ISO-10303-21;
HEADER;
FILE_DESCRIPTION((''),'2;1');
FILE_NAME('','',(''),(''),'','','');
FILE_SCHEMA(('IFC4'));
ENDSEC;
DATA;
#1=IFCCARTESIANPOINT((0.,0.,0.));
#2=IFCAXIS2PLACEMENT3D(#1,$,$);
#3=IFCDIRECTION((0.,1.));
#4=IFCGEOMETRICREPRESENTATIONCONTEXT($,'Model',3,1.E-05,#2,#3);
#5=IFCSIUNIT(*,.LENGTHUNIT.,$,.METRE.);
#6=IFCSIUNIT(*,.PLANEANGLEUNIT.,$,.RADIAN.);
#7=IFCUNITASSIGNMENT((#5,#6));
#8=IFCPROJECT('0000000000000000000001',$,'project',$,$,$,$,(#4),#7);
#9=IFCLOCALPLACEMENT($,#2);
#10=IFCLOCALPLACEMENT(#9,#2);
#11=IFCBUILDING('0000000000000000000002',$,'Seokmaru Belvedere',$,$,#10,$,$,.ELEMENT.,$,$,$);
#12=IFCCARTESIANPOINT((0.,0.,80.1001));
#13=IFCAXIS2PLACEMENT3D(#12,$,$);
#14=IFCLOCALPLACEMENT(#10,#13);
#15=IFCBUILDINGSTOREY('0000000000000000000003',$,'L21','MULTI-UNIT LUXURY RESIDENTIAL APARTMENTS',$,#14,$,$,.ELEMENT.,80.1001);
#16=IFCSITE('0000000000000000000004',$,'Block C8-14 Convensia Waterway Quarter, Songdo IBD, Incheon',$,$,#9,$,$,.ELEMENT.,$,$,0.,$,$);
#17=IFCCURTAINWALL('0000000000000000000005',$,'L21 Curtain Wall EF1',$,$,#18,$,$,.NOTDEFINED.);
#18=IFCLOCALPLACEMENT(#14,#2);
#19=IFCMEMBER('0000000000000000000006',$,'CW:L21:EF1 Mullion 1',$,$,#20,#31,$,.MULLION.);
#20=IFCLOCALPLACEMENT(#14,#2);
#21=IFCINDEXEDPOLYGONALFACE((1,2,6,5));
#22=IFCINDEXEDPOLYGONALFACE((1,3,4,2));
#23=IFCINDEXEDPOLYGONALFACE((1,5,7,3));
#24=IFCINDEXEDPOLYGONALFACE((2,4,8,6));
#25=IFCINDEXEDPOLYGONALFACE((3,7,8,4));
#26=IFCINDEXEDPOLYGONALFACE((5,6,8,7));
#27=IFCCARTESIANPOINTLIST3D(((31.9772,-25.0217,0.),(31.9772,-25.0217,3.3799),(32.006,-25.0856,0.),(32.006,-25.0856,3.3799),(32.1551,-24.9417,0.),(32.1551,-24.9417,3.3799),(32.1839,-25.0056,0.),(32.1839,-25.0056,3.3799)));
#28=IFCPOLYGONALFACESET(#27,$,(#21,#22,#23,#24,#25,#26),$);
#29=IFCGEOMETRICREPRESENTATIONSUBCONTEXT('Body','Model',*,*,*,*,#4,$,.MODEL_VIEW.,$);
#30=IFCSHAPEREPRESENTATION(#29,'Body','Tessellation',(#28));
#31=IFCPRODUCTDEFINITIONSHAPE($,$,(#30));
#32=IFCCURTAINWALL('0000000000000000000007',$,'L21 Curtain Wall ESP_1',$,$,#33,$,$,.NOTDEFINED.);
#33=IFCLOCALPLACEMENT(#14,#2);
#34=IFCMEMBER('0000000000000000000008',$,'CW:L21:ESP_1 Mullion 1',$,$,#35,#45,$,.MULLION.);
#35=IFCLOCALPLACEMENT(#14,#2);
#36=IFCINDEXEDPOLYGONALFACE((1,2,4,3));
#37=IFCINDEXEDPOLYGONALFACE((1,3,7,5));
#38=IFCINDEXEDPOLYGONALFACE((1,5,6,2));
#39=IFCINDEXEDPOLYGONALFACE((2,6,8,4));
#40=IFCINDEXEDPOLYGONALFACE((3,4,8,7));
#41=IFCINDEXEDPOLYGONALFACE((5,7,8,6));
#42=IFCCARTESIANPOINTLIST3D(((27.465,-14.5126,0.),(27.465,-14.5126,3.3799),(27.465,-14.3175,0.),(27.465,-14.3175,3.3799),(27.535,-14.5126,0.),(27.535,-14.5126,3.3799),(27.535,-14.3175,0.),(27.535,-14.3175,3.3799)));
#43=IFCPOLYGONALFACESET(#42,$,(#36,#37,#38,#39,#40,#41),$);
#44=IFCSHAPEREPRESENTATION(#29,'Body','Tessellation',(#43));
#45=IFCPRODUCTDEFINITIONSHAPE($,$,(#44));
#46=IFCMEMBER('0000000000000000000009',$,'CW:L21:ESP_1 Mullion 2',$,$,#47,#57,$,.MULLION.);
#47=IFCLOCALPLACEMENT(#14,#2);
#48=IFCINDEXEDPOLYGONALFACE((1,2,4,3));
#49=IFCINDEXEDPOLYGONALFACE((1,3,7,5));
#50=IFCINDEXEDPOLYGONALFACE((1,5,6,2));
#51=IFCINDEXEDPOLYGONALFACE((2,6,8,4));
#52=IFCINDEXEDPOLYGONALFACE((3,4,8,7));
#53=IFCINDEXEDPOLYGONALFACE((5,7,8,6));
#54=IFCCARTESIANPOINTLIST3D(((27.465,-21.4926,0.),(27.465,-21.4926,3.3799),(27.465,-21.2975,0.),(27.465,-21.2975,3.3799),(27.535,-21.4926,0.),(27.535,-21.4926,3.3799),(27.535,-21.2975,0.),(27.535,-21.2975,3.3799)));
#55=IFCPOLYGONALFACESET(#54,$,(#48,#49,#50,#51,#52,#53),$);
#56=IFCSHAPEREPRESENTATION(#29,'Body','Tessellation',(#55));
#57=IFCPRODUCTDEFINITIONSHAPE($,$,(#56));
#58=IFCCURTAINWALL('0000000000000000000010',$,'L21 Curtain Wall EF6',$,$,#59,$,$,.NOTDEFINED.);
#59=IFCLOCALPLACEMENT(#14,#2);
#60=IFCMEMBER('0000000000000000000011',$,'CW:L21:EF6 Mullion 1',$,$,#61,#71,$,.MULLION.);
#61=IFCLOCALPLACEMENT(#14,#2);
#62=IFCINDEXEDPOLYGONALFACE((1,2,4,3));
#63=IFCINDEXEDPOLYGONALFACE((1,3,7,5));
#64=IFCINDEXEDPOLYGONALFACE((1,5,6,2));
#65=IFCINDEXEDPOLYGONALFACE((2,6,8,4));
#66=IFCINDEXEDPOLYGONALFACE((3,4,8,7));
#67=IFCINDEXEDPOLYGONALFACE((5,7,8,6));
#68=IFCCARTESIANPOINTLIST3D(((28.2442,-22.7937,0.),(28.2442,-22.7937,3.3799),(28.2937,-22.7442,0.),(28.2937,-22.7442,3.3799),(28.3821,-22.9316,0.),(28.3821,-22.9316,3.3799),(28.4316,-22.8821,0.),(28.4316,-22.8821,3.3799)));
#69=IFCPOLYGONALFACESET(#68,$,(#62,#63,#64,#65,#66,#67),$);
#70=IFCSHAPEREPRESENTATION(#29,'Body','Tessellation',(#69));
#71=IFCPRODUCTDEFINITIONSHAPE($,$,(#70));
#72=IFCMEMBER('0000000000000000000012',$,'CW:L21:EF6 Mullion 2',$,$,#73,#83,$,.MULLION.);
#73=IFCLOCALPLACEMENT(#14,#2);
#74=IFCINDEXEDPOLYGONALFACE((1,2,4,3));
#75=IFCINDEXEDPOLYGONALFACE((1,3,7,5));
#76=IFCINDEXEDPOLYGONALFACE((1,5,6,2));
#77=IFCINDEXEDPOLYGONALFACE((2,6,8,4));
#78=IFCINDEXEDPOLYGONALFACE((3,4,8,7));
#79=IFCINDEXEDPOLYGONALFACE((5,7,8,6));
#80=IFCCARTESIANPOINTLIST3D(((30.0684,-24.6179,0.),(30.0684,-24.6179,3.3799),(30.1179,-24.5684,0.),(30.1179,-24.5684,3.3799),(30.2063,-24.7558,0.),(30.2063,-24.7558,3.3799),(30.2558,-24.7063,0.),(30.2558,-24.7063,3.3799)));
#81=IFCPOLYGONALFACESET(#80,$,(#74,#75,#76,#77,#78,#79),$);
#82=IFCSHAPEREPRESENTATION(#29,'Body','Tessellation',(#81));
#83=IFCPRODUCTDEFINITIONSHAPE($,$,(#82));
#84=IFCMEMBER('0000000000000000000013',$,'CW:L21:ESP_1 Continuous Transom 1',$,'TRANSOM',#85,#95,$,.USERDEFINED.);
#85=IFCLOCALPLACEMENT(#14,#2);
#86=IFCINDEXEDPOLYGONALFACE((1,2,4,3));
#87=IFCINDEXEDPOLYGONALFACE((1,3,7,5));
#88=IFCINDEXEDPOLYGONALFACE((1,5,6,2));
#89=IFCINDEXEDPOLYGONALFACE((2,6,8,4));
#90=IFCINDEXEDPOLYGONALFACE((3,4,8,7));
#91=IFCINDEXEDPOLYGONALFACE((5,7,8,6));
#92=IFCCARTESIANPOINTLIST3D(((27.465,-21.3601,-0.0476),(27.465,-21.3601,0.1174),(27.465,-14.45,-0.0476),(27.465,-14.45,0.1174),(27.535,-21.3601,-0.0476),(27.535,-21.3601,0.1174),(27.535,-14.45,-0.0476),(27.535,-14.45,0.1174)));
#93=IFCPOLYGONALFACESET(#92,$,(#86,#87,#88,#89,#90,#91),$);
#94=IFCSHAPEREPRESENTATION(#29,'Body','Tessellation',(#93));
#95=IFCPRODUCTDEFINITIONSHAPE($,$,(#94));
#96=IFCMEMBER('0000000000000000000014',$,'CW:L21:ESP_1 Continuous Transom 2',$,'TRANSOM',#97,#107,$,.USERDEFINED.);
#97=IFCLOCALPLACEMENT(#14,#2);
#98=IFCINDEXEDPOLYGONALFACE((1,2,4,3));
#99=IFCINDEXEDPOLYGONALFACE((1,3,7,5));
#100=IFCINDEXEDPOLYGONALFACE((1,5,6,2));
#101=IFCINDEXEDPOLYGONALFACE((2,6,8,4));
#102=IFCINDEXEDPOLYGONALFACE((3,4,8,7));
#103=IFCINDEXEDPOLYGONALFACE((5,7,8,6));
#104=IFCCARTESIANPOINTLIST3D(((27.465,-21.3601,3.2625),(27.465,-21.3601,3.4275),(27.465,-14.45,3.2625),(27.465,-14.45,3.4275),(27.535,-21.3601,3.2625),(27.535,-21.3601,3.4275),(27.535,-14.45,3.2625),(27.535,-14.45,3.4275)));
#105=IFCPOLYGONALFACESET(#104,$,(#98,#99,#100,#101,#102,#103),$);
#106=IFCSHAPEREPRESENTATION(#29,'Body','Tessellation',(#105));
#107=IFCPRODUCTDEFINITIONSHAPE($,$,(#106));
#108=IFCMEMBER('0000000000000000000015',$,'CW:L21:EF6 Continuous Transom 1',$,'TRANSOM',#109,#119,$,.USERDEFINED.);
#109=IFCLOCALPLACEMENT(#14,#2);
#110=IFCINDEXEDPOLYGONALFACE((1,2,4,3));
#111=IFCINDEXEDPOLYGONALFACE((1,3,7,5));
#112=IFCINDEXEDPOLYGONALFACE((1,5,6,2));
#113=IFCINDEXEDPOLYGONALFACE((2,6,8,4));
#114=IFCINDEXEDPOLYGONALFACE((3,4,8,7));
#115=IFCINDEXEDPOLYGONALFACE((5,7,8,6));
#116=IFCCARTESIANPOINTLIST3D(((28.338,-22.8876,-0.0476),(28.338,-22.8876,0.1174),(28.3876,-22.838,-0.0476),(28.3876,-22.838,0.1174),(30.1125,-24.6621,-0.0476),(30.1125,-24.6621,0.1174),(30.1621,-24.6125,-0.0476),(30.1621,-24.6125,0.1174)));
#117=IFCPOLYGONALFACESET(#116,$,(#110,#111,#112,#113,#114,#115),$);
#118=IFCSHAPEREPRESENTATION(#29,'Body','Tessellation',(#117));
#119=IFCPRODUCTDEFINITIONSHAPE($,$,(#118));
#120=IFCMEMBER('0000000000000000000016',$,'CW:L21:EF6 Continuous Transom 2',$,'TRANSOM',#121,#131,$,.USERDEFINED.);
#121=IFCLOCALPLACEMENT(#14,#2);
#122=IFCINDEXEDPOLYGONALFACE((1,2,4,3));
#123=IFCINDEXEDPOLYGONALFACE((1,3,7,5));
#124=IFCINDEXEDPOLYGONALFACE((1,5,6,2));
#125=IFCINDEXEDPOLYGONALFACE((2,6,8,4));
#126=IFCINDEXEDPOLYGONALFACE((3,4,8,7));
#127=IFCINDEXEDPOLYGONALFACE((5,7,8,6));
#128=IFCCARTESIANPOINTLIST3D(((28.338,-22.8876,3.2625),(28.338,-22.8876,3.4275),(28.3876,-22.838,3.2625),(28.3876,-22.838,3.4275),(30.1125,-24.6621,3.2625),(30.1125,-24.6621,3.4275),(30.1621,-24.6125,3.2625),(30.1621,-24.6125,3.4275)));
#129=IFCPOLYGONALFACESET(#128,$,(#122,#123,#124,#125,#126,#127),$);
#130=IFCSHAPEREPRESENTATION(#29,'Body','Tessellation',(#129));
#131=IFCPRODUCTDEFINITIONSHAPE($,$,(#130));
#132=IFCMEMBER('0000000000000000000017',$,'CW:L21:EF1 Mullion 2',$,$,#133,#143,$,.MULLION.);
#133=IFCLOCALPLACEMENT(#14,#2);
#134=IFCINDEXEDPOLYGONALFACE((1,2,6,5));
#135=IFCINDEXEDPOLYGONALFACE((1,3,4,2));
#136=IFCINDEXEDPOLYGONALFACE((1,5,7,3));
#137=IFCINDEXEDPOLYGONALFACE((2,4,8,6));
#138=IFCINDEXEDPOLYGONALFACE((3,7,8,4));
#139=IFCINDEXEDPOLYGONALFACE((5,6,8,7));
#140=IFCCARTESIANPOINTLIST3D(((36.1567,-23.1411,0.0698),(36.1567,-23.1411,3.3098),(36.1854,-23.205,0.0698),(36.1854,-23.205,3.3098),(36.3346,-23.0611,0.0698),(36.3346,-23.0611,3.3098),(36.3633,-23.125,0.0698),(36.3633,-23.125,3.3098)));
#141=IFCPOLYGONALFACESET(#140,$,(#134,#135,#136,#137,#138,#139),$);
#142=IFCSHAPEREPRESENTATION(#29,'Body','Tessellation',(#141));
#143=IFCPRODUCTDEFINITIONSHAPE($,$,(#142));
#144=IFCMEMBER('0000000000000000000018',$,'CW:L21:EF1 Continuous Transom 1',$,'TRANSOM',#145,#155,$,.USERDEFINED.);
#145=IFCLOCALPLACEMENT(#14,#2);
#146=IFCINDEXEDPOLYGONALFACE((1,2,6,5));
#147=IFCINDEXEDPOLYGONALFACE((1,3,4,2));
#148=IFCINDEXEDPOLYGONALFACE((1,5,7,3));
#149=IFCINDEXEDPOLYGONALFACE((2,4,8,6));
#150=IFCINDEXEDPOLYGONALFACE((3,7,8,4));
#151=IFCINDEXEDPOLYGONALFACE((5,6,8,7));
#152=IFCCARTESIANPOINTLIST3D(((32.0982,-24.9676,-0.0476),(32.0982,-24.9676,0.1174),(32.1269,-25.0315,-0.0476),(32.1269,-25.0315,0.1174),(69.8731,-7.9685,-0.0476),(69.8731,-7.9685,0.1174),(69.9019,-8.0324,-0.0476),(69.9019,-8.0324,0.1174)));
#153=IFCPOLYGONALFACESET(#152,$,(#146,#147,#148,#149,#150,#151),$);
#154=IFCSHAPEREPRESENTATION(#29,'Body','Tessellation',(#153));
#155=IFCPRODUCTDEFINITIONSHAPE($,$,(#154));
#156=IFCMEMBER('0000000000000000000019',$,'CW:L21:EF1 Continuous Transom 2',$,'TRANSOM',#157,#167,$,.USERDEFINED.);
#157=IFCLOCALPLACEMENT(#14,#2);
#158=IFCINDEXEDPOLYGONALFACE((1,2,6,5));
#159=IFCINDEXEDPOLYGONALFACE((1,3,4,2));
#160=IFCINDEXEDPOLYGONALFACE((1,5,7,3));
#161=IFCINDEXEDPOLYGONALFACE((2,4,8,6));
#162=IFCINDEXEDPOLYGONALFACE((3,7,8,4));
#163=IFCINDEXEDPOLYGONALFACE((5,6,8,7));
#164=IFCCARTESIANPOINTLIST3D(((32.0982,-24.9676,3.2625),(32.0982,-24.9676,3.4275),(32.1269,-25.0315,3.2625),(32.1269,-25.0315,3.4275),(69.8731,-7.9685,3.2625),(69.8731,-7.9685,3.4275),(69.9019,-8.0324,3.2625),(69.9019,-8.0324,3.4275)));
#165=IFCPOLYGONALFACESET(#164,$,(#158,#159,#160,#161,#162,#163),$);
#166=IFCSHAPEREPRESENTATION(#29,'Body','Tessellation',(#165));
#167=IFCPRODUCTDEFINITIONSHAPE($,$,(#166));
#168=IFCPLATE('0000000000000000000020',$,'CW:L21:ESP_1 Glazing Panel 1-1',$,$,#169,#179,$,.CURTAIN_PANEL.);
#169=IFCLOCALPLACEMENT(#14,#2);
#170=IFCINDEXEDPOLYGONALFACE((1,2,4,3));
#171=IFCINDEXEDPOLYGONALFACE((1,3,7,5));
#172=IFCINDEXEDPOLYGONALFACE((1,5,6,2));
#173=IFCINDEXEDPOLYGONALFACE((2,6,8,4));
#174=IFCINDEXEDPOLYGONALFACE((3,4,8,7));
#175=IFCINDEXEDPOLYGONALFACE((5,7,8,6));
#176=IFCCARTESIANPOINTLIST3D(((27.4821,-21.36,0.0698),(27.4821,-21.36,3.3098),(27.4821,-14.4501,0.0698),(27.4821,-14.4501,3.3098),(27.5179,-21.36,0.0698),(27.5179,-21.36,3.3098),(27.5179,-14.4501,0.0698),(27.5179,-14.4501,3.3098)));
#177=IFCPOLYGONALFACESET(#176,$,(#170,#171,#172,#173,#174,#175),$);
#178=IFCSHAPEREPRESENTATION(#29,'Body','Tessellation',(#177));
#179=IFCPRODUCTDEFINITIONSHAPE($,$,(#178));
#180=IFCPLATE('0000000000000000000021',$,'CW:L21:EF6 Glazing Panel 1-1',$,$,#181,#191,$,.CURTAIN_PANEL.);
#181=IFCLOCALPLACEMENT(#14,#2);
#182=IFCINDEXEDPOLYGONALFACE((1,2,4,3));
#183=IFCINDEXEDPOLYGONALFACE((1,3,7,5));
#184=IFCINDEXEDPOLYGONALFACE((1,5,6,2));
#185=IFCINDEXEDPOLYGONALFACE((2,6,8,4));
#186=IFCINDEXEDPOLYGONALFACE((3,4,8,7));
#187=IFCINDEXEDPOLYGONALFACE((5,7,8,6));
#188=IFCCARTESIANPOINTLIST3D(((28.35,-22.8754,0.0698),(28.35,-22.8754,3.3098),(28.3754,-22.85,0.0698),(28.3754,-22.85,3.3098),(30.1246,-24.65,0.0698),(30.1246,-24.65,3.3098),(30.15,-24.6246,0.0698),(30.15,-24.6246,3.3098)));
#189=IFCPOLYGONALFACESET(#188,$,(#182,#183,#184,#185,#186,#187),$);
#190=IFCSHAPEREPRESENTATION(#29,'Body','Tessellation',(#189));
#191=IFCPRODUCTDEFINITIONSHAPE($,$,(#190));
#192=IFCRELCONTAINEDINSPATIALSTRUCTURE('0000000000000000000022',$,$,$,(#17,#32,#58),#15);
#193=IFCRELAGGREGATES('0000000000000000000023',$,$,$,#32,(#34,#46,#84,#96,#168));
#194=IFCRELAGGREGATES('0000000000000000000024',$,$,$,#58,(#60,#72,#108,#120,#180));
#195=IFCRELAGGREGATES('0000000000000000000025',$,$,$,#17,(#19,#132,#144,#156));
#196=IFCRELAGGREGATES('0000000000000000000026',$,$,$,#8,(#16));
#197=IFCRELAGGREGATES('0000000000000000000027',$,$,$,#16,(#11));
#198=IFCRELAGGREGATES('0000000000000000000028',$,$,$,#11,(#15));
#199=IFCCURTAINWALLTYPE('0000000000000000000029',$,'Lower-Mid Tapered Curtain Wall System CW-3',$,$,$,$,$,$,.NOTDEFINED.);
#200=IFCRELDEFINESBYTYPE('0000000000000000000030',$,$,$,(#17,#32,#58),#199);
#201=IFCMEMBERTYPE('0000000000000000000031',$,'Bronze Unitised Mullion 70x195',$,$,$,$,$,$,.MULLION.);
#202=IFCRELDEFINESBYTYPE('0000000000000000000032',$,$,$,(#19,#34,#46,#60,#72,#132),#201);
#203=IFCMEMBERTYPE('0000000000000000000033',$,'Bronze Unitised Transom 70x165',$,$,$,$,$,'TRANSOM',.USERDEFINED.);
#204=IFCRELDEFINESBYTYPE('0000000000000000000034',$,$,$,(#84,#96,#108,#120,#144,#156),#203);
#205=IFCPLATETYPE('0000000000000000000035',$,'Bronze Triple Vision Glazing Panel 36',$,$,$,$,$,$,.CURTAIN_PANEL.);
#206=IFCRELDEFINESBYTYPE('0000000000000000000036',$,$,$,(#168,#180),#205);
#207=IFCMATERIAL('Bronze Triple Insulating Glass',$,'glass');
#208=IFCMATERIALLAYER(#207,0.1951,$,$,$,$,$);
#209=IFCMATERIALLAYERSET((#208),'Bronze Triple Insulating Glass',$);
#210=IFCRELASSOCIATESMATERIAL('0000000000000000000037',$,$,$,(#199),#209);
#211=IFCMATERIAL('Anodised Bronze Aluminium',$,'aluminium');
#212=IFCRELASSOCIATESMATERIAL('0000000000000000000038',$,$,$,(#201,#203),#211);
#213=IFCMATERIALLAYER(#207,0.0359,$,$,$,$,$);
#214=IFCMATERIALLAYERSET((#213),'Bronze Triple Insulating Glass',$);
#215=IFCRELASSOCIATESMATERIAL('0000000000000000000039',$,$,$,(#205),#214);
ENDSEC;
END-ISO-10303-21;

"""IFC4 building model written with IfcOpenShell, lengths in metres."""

from ifc_helpers import new_model, si_unit, direction, frame, origin, origin_2d, place, context, subcontext, project, spatial, rectangle, extrude, source, transform, mapped, material, layer, layer_set, material_profile, profile_set, type_object, type_shapes, element, aggregate, save


model = new_model("IFC4")

# Units and contexts
model_context = context("Model", 3, precision=1e-05, world=origin(), true_north=direction((0.0, 1.0)))
body_context = subcontext(model_context, "Body", "Model", "MODEL_VIEW")
ifc_project = project(units=[si_unit("LENGTHUNIT", "METRE"), si_unit("PLANEANGLEUNIT", "RADIAN")], contexts=[model_context])

# Site, building, storey
site_placement = place(None, origin())
site = spatial("IfcSite", under=ifc_project, at=site_placement, Name="Block C8-14 Convensia Waterway Quarter, Songdo IBD, Incheon", CompositionType="ELEMENT", RefElevation=0.0)
building_placement = place(site_placement, origin())
building = spatial("IfcBuilding", under=site, at=building_placement, Name="Seokmaru Belvedere", CompositionType="ELEMENT")
storey_placement = place(building_placement, frame((0.0, 0.0, 80.1001)))
storey = spatial("IfcBuildingStorey", under=building, at=storey_placement, Name="L21", Description="MULTI-UNIT LUXURY RESIDENTIAL APARTMENTS", CompositionType="ELEMENT", Elevation=80.1001)

# Curtain wall, member
ifc_material_1 = material(Name="Bronze Triple Insulating Glass", Category="glass")
ifc_layer_1 = layer(ifc_material_1, 0.1951)
ifc_layer_set_1 = layer_set([ifc_layer_1], Name="Bronze Triple Insulating Glass")
curtain_wall_type = type_object("IfcCurtainWallType", Name="Lower-Mid Tapered Curtain Wall System CW-3", PredefinedType="NOTDEFINED", material=ifc_layer_set_1)
curtain_wall_1_placement = place(storey_placement, origin())
curtain_wall_1 = element("IfcCurtainWall", 1, at=curtain_wall_1_placement, inside=storey, type_object=curtain_wall_type, Name="L21 Curtain Wall EF1", PredefinedType="NOTDEFINED")
ifc_material_2 = material(Name="Anodised Bronze Aluminium", Category="aluminium")
ifc_material_profile_1 = material_profile(ifc_material_2, rectangle(XDim=0.0701, YDim=0.1951, at=origin_2d()), Name="CW-M-70x195")
ifc_profile_set_1 = profile_set([ifc_material_profile_1], Name="Anodised Bronze Aluminium")
member_type_1 = type_object("IfcMemberType", Name="Bronze Unitised Mullion 70x195", PredefinedType="MULLION", material=ifc_profile_set_1)
shared_shape_1 = source(origin(), body_context, "Body", "SweptSolid", [
    extrude(rectangle(XDim=0.0701, YDim=0.1951, at=origin_2d()), origin(), (0.0, 0.0, 1.0), 3.3799),
])
member_1_placement = place(storey_placement, frame((32.0806, -25.0137, 0.0), z_axis=(0.0, 0.0, 1.0), x_axis=(-0.410366, 0.911921, 0.0)))
member_1 = element("IfcMember", 2, at=member_1_placement, type_object=member_type_1, Name="CW:L21:EF1 Mullion 1", PredefinedType="MULLION", context=body_context, shape_type="MappedRepresentation", body=[
    mapped(shared_shape_1, transform((0.0, 0.0, 0.0), scale=1.0)),
])

# Curtain walls, members
curtain_wall_2_placement = place(storey_placement, origin())
curtain_wall_2 = element("IfcCurtainWall", 3, at=curtain_wall_2_placement, inside=storey, type_object=curtain_wall_type, Name="L21 Curtain Wall ESP_1", PredefinedType="NOTDEFINED")
member_2_placement = place(storey_placement, frame((27.5, -14.415, 0.0), z_axis=(0.0, 0.0, 1.0), x_axis=(1.0, 0.0, 0.0)))
member_2 = element("IfcMember", 4, at=member_2_placement, type_object=member_type_1, Name="CW:L21:ESP_1 Mullion 1", PredefinedType="MULLION", context=body_context, shape_type="MappedRepresentation", body=[
    mapped(shared_shape_1, transform((0.0, 0.0, 0.0), scale=1.0)),
])
member_3_placement = place(storey_placement, frame((27.5, -21.395, 0.0), z_axis=(0.0, 0.0, 1.0), x_axis=(1.0, 0.0, 0.0)))
member_3 = element("IfcMember", 5, at=member_3_placement, type_object=member_type_1, Name="CW:L21:ESP_1 Mullion 2", PredefinedType="MULLION", context=body_context, shape_type="MappedRepresentation", body=[
    mapped(shared_shape_1, transform((0.0, 0.0, 0.0), scale=1.0)),
])
curtain_wall_3_placement = place(storey_placement, origin())
curtain_wall_3 = element("IfcCurtainWall", 6, at=curtain_wall_3_placement, inside=storey, type_object=curtain_wall_type, Name="L21 Curtain Wall EF6", PredefinedType="NOTDEFINED")
member_4_placement = place(storey_placement, frame((28.3379, -22.8379, 0.0), z_axis=(0.0, 0.0, 1.0), x_axis=(0.707107, 0.707107, 0.0)))
member_4 = element("IfcMember", 7, at=member_4_placement, type_object=member_type_1, Name="CW:L21:EF6 Mullion 1", PredefinedType="MULLION", context=body_context, shape_type="MappedRepresentation", body=[
    mapped(shared_shape_1, transform((0.0, 0.0, 0.0), scale=1.0)),
])
member_5_placement = place(storey_placement, frame((30.1621, -24.6621, 0.0), z_axis=(0.0, 0.0, 1.0), x_axis=(0.707107, 0.707107, 0.0)))
member_5 = element("IfcMember", 8, at=member_5_placement, type_object=member_type_1, Name="CW:L21:EF6 Mullion 2", PredefinedType="MULLION", context=body_context, shape_type="MappedRepresentation", body=[
    mapped(shared_shape_1, transform((0.0, 0.0, 0.0), scale=1.0)),
])

# Members
ifc_material_profile_2 = material_profile(ifc_material_2, rectangle(XDim=0.0701, YDim=0.165, at=origin_2d()), Name="CW-T-70x165")
ifc_profile_set_2 = profile_set([ifc_material_profile_2], Name="Anodised Bronze Aluminium")
member_type_2 = type_object("IfcMemberType", Name="Bronze Unitised Transom 70x165", ElementType="TRANSOM", PredefinedType="USERDEFINED", material=ifc_profile_set_2)
shared_shape_2 = source(origin(), body_context, "Body", "SweptSolid", [
    extrude(rectangle(XDim=0.0701, YDim=0.165, at=origin_2d()), origin(), (0.0, 0.0, 1.0), 6.9102),
])
member_6_placement = place(storey_placement, frame((27.5, -14.45, 0.0349), z_axis=(0.0, -1.0, 0.0), x_axis=(1.0, 0.0, 0.0)))
member_6 = element("IfcMember", 9, at=member_6_placement, type_object=member_type_2, Name="CW:L21:ESP_1 Continuous Transom 1", ObjectType="TRANSOM", PredefinedType="USERDEFINED", context=body_context, shape_type="MappedRepresentation", body=[
    mapped(shared_shape_2, transform((0.0, 0.0, 0.0), scale=1.0)),
])
member_7_placement = place(storey_placement, frame((27.5, -14.45, 3.345), z_axis=(0.0, -1.0, 0.0), x_axis=(1.0, 0.0, 0.0)))
member_7 = element("IfcMember", 10, at=member_7_placement, type_object=member_type_2, Name="CW:L21:ESP_1 Continuous Transom 2", ObjectType="TRANSOM", PredefinedType="USERDEFINED", context=body_context, shape_type="MappedRepresentation", body=[
    mapped(shared_shape_2, transform((0.0, 0.0, 0.0), scale=1.0)),
])
shared_shape_3 = source(origin(), body_context, "Body", "SweptSolid", [
    extrude(rectangle(XDim=0.0701, YDim=0.165, at=origin_2d()), origin(), (0.0, 0.0, 1.0), 2.5095),
])
member_8_placement = place(storey_placement, frame((28.3628, -22.8628, 0.0349), z_axis=(0.707107, -0.707107, 0.0), x_axis=(0.707107, 0.707107, 0.0)))
member_8 = element("IfcMember", 11, at=member_8_placement, type_object=member_type_2, Name="CW:L21:EF6 Continuous Transom 1", ObjectType="TRANSOM", PredefinedType="USERDEFINED", context=body_context, shape_type="MappedRepresentation", body=[
    mapped(shared_shape_3, transform((0.0, 0.0, 0.0), scale=1.0)),
])
member_9_placement = place(storey_placement, frame((28.3628, -22.8628, 3.345), z_axis=(0.707107, -0.707107, 0.0), x_axis=(0.707107, 0.707107, 0.0)))
member_9 = element("IfcMember", 12, at=member_9_placement, type_object=member_type_2, Name="CW:L21:EF6 Continuous Transom 2", ObjectType="TRANSOM", PredefinedType="USERDEFINED", context=body_context, shape_type="MappedRepresentation", body=[
    mapped(shared_shape_3, transform((0.0, 0.0, 0.0), scale=1.0)),
])
shared_shape_4 = source(origin(), body_context, "Body", "SweptSolid", [
    extrude(rectangle(XDim=0.0701, YDim=0.1951, at=origin_2d()), origin(), (0.0, 0.0, 1.0), 3.24),
])
type_shapes(member_type_1, [shared_shape_1, shared_shape_4])
member_10_placement = place(storey_placement, frame((36.26, -23.1331, 0.0698), z_axis=(0.0, 0.0, 1.0), x_axis=(-0.410366, 0.911921, 0.0)))
member_10 = element("IfcMember", 13, at=member_10_placement, type_object=member_type_1, Name="CW:L21:EF1 Mullion 2", PredefinedType="MULLION", context=body_context, shape_type="MappedRepresentation", body=[
    mapped(shared_shape_4, transform((0.0, 0.0, 0.0), scale=1.0)),
])
shared_shape_5 = source(origin(), body_context, "Body", "SweptSolid", [
    extrude(rectangle(XDim=0.0701, YDim=0.165, at=origin_2d()), origin(), (0.0, 0.0, 1.0), 41.4236),
])
type_shapes(member_type_2, [shared_shape_2, shared_shape_3, shared_shape_5])
member_11_placement = place(storey_placement, frame((32.1125, -24.9995, 0.0349), z_axis=(0.911919, 0.410371, 0.0), x_axis=(-0.410371, 0.911919, 0.0)))
member_11 = element("IfcMember", 14, at=member_11_placement, type_object=member_type_2, Name="CW:L21:EF1 Continuous Transom 1", ObjectType="TRANSOM", PredefinedType="USERDEFINED", context=body_context, shape_type="MappedRepresentation", body=[
    mapped(shared_shape_5, transform((0.0, 0.0, 0.0), scale=1.0)),
])
member_12_placement = place(storey_placement, frame((32.1125, -24.9995, 3.345), z_axis=(0.911919, 0.410371, 0.0), x_axis=(-0.410371, 0.911919, 0.0)))
member_12 = element("IfcMember", 15, at=member_12_placement, type_object=member_type_2, Name="CW:L21:EF1 Continuous Transom 2", ObjectType="TRANSOM", PredefinedType="USERDEFINED", context=body_context, shape_type="MappedRepresentation", body=[
    mapped(shared_shape_5, transform((0.0, 0.0, 0.0), scale=1.0)),
])

# Plates
ifc_layer_2 = layer(ifc_material_1, 0.0359)
ifc_layer_set_2 = layer_set([ifc_layer_2], Name="Bronze Triple Insulating Glass")
plate_type = type_object("IfcPlateType", Name="Bronze Triple Vision Glazing Panel 36", PredefinedType="CURTAIN_PANEL", material=ifc_layer_set_2)
shared_shape_6 = source(origin(), body_context, "Body", "SweptSolid", [
    extrude(rectangle(XDim=6.9099, YDim=0.0359, at=origin_2d()), origin(), (0.0, 0.0, 1.0), 3.24),
])
plate_1_placement = place(storey_placement, frame((27.5, -17.905, 0.0698), z_axis=(0.0, 0.0, 1.0), x_axis=(0.0, -1.0, 0.0)))
plate_1 = element("IfcPlate", 16, at=plate_1_placement, type_object=plate_type, Name="CW:L21:ESP_1 Glazing Panel 1-1", PredefinedType="CURTAIN_PANEL", context=body_context, shape_type="MappedRepresentation", body=[
    mapped(shared_shape_6, transform((0.0, 0.0, 0.0), scale=1.0)),
])
aggregate(curtain_wall_2, [member_2, member_3, member_6, member_7, plate_1])
shared_shape_7 = source(origin(), body_context, "Body", "SweptSolid", [
    extrude(rectangle(XDim=2.5098, YDim=0.0359, at=origin_2d()), origin(), (0.0, 0.0, 1.0), 3.24),
])
plate_2_placement = place(storey_placement, frame((29.25, -23.75, 0.0698), z_axis=(0.0, 0.0, 1.0), x_axis=(0.707107, -0.707107, 0.0)))
plate_2 = element("IfcPlate", 17, at=plate_2_placement, type_object=plate_type, Name="CW:L21:EF6 Glazing Panel 1-1", PredefinedType="CURTAIN_PANEL", context=body_context, shape_type="MappedRepresentation", body=[
    mapped(shared_shape_7, transform((0.0, 0.0, 0.0), scale=1.0)),
])
aggregate(curtain_wall_3, [member_4, member_5, member_8, member_9, plate_2])
aggregate(curtain_wall_1, [member_1, member_10, member_11, member_12])

save(model, "model.ifc")
